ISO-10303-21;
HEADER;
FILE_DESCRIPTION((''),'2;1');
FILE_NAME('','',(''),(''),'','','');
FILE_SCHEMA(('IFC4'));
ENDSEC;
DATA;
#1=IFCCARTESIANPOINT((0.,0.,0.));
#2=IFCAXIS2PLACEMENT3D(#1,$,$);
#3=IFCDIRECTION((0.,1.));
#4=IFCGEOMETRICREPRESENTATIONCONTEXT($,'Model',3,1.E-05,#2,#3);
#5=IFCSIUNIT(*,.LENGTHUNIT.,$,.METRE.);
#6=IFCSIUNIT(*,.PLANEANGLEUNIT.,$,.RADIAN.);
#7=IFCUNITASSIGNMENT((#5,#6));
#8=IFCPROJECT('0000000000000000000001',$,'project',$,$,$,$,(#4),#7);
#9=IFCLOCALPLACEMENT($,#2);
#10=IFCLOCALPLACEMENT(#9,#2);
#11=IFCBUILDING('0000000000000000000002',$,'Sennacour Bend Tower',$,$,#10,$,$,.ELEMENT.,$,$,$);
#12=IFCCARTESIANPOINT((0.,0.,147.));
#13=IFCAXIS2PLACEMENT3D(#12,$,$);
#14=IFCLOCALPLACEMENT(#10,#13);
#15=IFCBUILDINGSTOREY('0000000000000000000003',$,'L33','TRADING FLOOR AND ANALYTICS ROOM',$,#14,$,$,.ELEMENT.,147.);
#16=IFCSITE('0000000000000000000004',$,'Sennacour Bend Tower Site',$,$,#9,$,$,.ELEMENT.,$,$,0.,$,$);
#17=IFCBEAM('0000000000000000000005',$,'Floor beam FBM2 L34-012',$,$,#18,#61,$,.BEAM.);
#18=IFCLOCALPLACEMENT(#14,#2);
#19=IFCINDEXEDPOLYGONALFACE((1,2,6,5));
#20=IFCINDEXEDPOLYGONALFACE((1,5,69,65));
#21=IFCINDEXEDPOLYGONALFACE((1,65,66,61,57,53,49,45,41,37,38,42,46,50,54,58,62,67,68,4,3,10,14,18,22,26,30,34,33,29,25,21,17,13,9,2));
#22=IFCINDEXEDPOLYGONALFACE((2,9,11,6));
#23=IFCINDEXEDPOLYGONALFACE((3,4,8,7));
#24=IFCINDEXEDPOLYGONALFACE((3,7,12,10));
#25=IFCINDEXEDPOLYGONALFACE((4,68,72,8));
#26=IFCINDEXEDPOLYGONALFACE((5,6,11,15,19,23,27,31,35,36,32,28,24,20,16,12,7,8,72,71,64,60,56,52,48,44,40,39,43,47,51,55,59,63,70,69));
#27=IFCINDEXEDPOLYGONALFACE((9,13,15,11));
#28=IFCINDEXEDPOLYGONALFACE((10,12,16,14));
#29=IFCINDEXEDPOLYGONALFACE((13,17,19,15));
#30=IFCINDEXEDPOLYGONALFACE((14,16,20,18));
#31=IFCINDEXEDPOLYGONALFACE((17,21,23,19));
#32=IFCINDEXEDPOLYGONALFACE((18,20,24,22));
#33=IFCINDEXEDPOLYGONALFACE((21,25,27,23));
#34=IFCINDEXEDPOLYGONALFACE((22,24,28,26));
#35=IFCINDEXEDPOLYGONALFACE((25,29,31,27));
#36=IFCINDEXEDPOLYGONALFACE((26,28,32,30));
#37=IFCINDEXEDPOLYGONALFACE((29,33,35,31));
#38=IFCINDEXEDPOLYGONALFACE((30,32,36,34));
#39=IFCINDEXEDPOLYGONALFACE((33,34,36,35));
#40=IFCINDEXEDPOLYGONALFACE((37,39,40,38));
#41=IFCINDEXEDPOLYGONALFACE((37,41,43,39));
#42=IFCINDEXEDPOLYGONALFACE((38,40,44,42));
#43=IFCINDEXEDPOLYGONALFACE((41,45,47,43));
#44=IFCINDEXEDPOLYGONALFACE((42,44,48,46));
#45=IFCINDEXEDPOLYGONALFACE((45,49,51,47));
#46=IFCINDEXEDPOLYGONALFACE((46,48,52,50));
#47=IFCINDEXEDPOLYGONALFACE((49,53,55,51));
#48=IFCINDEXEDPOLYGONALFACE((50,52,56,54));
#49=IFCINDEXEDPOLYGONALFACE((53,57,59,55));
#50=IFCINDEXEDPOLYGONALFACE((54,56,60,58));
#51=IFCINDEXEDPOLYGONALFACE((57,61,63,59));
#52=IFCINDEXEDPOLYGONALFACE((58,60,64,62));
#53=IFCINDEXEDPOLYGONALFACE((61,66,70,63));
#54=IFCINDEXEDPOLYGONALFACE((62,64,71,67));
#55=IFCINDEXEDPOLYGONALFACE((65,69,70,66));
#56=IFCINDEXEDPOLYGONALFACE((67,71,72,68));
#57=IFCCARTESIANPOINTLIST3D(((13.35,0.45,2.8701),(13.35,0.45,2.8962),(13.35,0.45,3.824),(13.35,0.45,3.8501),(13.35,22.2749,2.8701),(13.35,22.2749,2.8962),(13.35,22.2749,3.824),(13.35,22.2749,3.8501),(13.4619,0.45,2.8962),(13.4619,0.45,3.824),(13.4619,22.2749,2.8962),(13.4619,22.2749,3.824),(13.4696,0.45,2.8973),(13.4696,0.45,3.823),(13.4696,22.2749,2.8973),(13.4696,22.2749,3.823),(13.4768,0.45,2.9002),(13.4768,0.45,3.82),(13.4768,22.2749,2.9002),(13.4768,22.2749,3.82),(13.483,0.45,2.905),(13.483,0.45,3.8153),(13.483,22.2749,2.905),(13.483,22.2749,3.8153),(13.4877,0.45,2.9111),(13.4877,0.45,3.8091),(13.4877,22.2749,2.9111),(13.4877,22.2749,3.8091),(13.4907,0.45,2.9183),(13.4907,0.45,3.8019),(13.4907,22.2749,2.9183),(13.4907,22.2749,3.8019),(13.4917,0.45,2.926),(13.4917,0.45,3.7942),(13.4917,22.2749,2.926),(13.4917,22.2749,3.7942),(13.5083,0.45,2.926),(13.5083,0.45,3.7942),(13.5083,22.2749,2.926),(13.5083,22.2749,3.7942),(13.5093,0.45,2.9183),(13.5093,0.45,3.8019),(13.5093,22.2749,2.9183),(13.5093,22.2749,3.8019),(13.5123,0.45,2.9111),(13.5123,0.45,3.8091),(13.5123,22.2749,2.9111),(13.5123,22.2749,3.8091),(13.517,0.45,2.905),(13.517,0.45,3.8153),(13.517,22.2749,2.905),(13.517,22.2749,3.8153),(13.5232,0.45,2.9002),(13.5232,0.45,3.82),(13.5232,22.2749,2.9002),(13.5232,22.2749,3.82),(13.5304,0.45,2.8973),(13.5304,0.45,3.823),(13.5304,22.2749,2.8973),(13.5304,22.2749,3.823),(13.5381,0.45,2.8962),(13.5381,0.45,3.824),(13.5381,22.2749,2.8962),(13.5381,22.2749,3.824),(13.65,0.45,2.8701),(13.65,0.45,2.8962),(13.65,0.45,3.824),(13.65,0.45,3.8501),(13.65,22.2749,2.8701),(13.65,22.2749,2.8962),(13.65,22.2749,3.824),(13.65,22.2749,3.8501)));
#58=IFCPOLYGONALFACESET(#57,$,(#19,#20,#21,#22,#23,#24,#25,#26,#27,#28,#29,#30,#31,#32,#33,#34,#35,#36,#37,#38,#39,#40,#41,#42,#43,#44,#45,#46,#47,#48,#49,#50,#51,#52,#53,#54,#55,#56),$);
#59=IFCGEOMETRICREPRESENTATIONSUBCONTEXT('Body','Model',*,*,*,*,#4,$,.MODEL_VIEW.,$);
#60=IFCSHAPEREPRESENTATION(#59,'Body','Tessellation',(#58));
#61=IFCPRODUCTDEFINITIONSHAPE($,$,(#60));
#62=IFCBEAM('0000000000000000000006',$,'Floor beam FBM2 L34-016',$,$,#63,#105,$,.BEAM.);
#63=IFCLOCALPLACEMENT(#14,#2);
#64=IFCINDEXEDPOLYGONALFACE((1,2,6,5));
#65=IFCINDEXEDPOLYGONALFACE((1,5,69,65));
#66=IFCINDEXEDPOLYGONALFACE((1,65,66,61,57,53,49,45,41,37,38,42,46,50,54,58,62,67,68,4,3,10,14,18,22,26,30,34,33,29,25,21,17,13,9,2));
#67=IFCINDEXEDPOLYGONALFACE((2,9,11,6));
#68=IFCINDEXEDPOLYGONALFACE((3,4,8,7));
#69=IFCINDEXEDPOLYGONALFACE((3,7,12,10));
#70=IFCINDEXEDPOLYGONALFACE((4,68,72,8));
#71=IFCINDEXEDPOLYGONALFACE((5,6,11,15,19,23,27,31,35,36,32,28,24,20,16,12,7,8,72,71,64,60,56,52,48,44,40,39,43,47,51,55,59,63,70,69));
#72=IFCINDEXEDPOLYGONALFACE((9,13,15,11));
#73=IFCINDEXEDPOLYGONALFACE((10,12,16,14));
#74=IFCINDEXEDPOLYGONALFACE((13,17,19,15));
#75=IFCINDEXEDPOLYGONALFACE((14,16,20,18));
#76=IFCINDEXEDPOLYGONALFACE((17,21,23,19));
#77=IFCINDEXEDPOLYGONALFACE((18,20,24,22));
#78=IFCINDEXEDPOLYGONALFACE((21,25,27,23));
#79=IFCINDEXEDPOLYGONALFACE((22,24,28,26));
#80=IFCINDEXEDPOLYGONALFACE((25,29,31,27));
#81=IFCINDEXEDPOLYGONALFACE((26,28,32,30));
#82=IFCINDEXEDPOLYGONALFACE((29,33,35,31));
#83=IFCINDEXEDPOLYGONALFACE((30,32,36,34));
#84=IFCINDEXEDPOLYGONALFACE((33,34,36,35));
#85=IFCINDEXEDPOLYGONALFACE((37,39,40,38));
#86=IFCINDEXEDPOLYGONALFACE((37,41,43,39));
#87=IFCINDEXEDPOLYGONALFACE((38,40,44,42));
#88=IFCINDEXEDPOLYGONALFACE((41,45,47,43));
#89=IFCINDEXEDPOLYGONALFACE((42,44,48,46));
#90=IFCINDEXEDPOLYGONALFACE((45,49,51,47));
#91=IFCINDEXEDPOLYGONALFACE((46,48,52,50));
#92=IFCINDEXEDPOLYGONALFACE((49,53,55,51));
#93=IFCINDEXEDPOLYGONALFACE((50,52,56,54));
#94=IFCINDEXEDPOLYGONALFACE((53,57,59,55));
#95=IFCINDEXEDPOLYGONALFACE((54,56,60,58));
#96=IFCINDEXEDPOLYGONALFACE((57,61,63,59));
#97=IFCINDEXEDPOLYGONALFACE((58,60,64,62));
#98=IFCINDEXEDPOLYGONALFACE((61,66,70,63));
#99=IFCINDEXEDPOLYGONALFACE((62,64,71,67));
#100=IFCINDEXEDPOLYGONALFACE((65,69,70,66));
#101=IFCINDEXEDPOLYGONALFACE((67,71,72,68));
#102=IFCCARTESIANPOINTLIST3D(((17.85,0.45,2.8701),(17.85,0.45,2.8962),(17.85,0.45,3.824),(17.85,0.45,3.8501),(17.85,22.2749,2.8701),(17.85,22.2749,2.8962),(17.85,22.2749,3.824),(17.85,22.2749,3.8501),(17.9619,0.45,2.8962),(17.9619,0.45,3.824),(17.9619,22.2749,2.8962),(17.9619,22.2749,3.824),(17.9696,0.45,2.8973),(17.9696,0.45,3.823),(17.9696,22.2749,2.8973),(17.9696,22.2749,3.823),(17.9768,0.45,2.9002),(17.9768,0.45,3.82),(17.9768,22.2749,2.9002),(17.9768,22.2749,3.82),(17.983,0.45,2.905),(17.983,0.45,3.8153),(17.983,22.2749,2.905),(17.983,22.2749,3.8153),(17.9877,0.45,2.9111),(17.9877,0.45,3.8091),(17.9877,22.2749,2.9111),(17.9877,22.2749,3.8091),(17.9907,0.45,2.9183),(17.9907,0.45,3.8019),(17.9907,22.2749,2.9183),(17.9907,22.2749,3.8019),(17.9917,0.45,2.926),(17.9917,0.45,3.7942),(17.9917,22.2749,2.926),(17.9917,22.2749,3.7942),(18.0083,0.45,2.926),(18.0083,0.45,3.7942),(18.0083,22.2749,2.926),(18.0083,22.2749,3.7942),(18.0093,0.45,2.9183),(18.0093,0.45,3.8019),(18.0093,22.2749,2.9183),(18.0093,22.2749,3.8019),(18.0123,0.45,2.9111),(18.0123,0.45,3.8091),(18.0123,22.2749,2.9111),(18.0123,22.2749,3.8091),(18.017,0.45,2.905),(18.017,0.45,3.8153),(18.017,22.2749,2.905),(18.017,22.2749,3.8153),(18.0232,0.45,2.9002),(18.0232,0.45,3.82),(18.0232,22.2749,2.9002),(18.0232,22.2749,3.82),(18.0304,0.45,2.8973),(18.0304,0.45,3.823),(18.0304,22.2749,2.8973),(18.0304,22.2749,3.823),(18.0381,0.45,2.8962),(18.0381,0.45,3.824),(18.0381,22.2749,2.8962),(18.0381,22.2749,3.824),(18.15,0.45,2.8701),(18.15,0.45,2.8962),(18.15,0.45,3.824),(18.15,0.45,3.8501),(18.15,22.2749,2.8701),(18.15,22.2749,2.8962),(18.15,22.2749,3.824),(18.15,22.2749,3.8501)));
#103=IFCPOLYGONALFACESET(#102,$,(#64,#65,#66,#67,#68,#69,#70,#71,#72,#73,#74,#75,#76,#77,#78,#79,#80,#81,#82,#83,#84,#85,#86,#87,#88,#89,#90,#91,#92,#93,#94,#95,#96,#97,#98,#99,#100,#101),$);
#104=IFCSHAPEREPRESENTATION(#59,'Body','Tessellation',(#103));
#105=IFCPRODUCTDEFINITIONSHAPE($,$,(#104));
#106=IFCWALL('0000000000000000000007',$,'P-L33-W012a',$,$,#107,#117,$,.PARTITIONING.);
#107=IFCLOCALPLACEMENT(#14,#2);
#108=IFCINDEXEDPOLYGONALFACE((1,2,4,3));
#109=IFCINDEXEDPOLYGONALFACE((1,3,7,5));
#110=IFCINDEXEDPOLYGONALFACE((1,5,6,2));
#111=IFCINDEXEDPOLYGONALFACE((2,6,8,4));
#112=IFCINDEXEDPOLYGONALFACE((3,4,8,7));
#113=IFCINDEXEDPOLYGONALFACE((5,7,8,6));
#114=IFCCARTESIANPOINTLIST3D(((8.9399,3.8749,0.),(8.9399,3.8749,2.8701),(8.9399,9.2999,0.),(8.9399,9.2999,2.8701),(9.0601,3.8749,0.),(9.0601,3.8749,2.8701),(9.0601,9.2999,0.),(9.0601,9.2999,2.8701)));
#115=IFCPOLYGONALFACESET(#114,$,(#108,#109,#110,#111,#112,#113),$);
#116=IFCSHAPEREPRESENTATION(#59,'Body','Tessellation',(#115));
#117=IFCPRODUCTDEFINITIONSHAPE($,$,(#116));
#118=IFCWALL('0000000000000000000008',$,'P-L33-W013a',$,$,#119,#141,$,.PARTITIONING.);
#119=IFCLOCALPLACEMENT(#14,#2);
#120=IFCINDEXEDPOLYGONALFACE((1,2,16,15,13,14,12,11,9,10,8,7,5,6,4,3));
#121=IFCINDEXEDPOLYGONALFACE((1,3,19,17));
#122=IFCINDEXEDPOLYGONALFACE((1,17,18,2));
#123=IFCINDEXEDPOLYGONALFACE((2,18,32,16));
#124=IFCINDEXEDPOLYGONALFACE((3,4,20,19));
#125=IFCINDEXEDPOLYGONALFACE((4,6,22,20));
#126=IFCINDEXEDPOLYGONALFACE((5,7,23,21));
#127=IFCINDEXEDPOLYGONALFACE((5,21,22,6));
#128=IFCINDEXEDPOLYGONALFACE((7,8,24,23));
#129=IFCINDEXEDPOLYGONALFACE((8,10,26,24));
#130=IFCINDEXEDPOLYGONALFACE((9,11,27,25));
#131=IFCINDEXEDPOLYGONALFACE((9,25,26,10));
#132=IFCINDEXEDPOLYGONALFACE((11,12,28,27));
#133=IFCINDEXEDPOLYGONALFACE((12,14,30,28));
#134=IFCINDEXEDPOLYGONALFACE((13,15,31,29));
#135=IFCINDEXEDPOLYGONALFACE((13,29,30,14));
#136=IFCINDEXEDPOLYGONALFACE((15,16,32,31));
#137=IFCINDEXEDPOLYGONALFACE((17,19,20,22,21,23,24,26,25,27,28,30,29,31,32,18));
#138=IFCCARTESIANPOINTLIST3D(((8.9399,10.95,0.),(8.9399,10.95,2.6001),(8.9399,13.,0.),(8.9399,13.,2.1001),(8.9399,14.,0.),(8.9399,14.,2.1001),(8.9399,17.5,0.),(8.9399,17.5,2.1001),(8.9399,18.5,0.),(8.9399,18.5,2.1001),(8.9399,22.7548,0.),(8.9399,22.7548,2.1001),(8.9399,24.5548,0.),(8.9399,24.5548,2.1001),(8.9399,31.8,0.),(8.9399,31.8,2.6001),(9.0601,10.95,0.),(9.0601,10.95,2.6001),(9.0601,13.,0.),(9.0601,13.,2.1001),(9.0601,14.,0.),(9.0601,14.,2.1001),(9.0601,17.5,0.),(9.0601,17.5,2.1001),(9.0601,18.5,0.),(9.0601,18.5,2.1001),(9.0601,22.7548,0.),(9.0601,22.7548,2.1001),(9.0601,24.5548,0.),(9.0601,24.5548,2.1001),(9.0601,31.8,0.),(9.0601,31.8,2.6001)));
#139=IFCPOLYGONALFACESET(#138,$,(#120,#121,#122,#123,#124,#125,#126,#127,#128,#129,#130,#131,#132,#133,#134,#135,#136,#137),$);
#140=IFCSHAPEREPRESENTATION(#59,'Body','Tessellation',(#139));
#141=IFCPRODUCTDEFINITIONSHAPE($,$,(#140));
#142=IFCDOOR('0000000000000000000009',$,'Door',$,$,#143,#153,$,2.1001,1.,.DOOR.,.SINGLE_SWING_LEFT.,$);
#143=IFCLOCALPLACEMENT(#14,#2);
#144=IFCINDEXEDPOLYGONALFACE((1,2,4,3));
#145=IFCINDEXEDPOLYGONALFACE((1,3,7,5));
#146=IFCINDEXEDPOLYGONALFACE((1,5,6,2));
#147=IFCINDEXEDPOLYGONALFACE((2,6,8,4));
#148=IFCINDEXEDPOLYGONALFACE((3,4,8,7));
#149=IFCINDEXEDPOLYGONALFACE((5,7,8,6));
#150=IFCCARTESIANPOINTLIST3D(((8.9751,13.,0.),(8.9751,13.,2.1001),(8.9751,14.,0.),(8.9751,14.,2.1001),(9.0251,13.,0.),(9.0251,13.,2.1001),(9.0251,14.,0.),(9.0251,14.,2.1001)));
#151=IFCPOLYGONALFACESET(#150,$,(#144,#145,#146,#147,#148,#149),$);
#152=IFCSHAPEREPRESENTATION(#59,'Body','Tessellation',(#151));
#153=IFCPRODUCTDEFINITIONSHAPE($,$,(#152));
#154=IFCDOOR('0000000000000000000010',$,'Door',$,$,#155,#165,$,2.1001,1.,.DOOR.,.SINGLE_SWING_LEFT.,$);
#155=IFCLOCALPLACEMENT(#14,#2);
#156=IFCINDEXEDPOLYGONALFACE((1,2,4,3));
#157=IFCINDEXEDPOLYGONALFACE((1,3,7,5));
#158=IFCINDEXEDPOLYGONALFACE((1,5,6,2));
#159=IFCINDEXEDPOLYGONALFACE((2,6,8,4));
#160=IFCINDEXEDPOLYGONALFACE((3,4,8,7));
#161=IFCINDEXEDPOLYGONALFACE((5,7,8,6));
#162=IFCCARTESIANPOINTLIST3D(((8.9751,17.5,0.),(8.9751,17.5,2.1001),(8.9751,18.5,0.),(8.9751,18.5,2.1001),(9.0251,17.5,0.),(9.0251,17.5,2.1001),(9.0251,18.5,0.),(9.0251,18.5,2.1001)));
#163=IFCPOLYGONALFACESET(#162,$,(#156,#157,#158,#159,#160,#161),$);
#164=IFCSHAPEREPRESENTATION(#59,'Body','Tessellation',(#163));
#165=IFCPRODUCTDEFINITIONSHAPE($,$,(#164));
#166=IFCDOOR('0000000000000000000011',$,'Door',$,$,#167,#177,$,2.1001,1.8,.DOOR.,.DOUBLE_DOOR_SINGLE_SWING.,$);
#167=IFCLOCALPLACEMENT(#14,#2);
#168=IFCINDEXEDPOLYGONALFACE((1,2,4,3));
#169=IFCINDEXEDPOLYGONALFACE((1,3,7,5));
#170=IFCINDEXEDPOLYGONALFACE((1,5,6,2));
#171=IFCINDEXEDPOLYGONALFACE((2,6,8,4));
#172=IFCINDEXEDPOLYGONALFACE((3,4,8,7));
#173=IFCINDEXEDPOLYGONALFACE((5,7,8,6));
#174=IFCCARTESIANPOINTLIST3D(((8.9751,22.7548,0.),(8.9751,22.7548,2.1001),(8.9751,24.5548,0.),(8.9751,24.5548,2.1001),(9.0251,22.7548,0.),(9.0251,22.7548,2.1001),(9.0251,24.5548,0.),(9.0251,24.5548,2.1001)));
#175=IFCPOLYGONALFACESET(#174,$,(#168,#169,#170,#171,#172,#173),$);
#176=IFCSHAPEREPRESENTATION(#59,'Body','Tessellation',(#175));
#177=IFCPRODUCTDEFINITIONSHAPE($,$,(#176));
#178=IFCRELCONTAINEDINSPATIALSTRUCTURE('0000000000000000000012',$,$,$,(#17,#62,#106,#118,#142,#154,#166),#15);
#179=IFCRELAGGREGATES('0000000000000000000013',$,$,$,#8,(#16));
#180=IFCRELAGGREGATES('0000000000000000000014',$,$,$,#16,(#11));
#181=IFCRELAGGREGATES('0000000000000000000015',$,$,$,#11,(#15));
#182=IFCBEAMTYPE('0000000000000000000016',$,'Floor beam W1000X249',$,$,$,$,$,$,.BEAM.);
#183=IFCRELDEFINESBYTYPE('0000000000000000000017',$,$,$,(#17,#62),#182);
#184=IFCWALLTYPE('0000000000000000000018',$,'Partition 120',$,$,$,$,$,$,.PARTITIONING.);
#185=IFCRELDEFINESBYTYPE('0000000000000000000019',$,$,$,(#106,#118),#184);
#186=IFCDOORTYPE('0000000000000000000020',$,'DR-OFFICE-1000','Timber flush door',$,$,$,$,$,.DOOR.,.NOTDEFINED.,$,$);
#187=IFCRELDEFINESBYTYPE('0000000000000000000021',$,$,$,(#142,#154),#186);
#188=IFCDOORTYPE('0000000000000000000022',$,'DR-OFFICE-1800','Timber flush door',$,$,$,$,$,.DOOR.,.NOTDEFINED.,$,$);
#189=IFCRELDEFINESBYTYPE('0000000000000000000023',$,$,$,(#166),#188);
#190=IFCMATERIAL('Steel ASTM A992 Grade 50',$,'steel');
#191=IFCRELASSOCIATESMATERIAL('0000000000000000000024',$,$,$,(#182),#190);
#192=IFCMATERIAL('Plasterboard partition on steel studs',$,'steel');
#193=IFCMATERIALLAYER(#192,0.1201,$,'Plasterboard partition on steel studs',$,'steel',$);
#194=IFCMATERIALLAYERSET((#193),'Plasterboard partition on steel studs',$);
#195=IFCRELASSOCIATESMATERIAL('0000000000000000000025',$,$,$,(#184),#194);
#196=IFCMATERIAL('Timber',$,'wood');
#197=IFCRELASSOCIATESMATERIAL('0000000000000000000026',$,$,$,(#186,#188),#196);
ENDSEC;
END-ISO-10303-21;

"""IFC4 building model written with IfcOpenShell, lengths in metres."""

from ifc_helpers import new_model, si_unit, direction, frame, frame_2d, origin, origin_2d, place, context, subcontext, project, spatial, rectangle, i_section, extrude, material, layer, layer_set, material_profile, profile_set, type_object, element, fill, save


model = new_model("IFC4")

# Units and contexts
model_context = context("Model", 3, precision=1e-05, world=origin(), true_north=direction((0.0, 1.0)))
body_context = subcontext(model_context, "Body", "Model", "MODEL_VIEW")
ifc_project = project(units=[si_unit("LENGTHUNIT", "METRE"), si_unit("PLANEANGLEUNIT", "RADIAN")], contexts=[model_context])

# Site, building, storey
site_placement = place(None, origin())
site = spatial("IfcSite", under=ifc_project, at=site_placement, Name="Sennacour Bend Tower Site", CompositionType="ELEMENT", RefElevation=0.0)
building_placement = place(site_placement, origin())
building = spatial("IfcBuilding", under=site, at=building_placement, Name="Sennacour Bend Tower", CompositionType="ELEMENT")
storey_placement = place(building_placement, frame((0.0, 0.0, 147.0)))
storey = spatial("IfcBuildingStorey", under=building, at=storey_placement, Name="L33", Description="TRADING FLOOR AND ANALYTICS ROOM", CompositionType="ELEMENT", Elevation=147.0)

# Beams
ifc_material_1 = material(Name="Steel ASTM A992 Grade 50", Category="steel")
ifc_material_profile = material_profile(ifc_material_1, i_section(OverallWidth=0.3, OverallDepth=0.98, WebThickness=0.0166, FlangeThickness=0.0261, FilletRadius=0.0298, at=origin_2d()), Name="Steel ASTM A992 Grade 50", Category="steel")
ifc_profile_set = profile_set([ifc_material_profile], Name="Steel ASTM A992 Grade 50")
beam_type = type_object("IfcBeamType", Name="Floor beam W1000X249", PredefinedType="BEAM", material=ifc_profile_set)
for number, where, z_axis, x_axis, name in (
    (1, (13.5, 0.45, 3.3601), (0.0, 1.0, 0.0), (-1.0, 0.0, 0.0), "Floor beam FBM2 L34-012"),
    (2, (18.0, 0.45, 3.3601), (0.0, 1.0, 0.0), (-1.0, 0.0, 0.0), "Floor beam FBM2 L34-016"),
):
    element("IfcBeam", number, at=place(storey_placement, frame(where, z_axis=z_axis, x_axis=x_axis)), inside=storey, type_object=beam_type, Name=name, PredefinedType="BEAM", context=body_context, shape_type="SweptSolid", body=[
        extrude(i_section(OverallWidth=0.3, OverallDepth=0.98, WebThickness=0.0166, FlangeThickness=0.0261, FilletRadius=0.0298, at=origin_2d()), origin(), (0.0, 0.0, 1.0), 21.825),
    ])

# Wall
ifc_material_2 = material(Name="Plasterboard partition on steel studs", Category="steel")
ifc_layer_1 = layer(ifc_material_2, 0.1201, Name="Plasterboard partition on steel studs", Category="steel")
ifc_layer_set_1 = layer_set([ifc_layer_1], Name="Plasterboard partition on steel studs")
wall_type_1 = type_object("IfcWallType", Name="Partition 120", PredefinedType="PARTITIONING", material=ifc_layer_set_1)
wall_1_placement = place(storey_placement, frame((9.0, 3.875, 0.0), z_axis=(0.0, 0.0, 1.0), x_axis=(0.0, 1.0, 0.0)))
element("IfcWall", 3, at=wall_1_placement, inside=storey, type_object=wall_type_1, Name="P-L33-W012a", PredefinedType="PARTITIONING", context=body_context, shape_type="SweptSolid", body=[
    extrude(rectangle(XDim=5.425, YDim=0.1201, at=frame_2d((2.7124, 0.0))), origin(), (0.0, 0.0, 1.0), 2.8701),
])

# Wall, openings, doors
wall_2_placement = place(storey_placement, frame((9.0, 10.95, 0.0), z_axis=(0.0, 0.0, 1.0), x_axis=(0.0, 1.0, 0.0)))
wall_2 = element("IfcWall", 4, at=wall_2_placement, inside=storey, type_object=wall_type_1, Name="P-L33-W013a", PredefinedType="PARTITIONING", context=body_context, shape_type="SweptSolid", body=[
    extrude(rectangle(XDim=20.8501, YDim=0.1201, at=frame_2d((10.425, 0.0))), origin(), (0.0, 0.0, 1.0), 2.6001),
])
opening_1_placement = place(wall_2_placement, frame((2.05, 0.0, 0.0)))
opening_1 = element("IfcOpeningElement", 5, at=opening_1_placement, cuts=wall_2, PredefinedType="OPENING", context=body_context, shape_type="SweptSolid", body=[
    extrude(rectangle(XDim=1.0, YDim=2.1001, at=frame_2d((0.5, 1.05))), frame((0.0, 0.0701, 0.0), z_axis=(0.0, -1.0, 0.0), x_axis=(1.0, 0.0, 0.0)), (0.0, 0.0, 1.0), 0.1401),
])
opening_2_placement = place(wall_2_placement, frame((6.55, 0.0, 0.0)))
opening_2 = element("IfcOpeningElement", 6, at=opening_2_placement, cuts=wall_2, PredefinedType="OPENING", context=body_context, shape_type="SweptSolid", body=[
    extrude(rectangle(XDim=1.0, YDim=2.1001, at=frame_2d((0.5, 1.05))), frame((0.0, 0.0701, 0.0), z_axis=(0.0, -1.0, 0.0), x_axis=(1.0, 0.0, 0.0)), (0.0, 0.0, 1.0), 0.1401),
])
opening_3_placement = place(wall_2_placement, frame((11.8049, 0.0, 0.0)))
opening_3 = element("IfcOpeningElement", 7, at=opening_3_placement, cuts=wall_2, PredefinedType="OPENING", context=body_context, shape_type="SweptSolid", body=[
    extrude(rectangle(XDim=1.8, YDim=2.1001, at=frame_2d((0.8999, 1.05))), frame((0.0, 0.0701, 0.0), z_axis=(0.0, -1.0, 0.0), x_axis=(1.0, 0.0, 0.0)), (0.0, 0.0, 1.0), 0.1401),
])
ifc_material_3 = material(Name="Timber", Category="wood")
door_type_1 = type_object("IfcDoorType", Name="DR-OFFICE-1000", Description="Timber flush door", OperationType="NOTDEFINED", PredefinedType="DOOR", material=ifc_material_3)
door_1_placement = place(opening_1_placement, origin())
door_1 = element("IfcDoor", 8, at=door_1_placement, inside=storey, type_object=door_type_1, Name="Door", OperationType="SINGLE_SWING_LEFT", OverallHeight=2.1001, OverallWidth=1.0, PredefinedType="DOOR", context=body_context, shape_type="SweptSolid", body=[
    extrude(rectangle(XDim=1.0, YDim=2.1001, at=frame_2d((0.5, 1.05))), frame((0.0, 0.0249, 0.0), z_axis=(0.0, -1.0, 0.0), x_axis=(1.0, 0.0, 0.0)), (0.0, 0.0, 1.0), 0.05),
])
fill(opening_1, door_1)
door_2_placement = place(opening_2_placement, origin())
door_2 = element("IfcDoor", 9, at=door_2_placement, inside=storey, type_object=door_type_1, Name="Door", OperationType="SINGLE_SWING_LEFT", OverallHeight=2.1001, OverallWidth=1.0, PredefinedType="DOOR", context=body_context, shape_type="SweptSolid", body=[
    extrude(rectangle(XDim=1.0, YDim=2.1001, at=frame_2d((0.5, 1.05))), frame((0.0, 0.0249, 0.0), z_axis=(0.0, -1.0, 0.0), x_axis=(1.0, 0.0, 0.0)), (0.0, 0.0, 1.0), 0.05),
])
fill(opening_2, door_2)
door_type_2 = type_object("IfcDoorType", Name="DR-OFFICE-1800", Description="Timber flush door", OperationType="NOTDEFINED", PredefinedType="DOOR", material=ifc_material_3)
door_3_placement = place(opening_3_placement, origin())
door_3 = element("IfcDoor", 10, at=door_3_placement, inside=storey, type_object=door_type_2, Name="Door", OperationType="DOUBLE_DOOR_SINGLE_SWING", OverallHeight=2.1001, OverallWidth=1.8, PredefinedType="DOOR", context=body_context, shape_type="SweptSolid", body=[
    extrude(rectangle(XDim=1.8, YDim=2.1001, at=frame_2d((0.8999, 1.05))), frame((0.0, 0.0249, 0.0), z_axis=(0.0, -1.0, 0.0), x_axis=(1.0, 0.0, 0.0)), (0.0, 0.0, 1.0), 0.05),
])
fill(opening_3, door_3)

save(model, "model.ifc")
